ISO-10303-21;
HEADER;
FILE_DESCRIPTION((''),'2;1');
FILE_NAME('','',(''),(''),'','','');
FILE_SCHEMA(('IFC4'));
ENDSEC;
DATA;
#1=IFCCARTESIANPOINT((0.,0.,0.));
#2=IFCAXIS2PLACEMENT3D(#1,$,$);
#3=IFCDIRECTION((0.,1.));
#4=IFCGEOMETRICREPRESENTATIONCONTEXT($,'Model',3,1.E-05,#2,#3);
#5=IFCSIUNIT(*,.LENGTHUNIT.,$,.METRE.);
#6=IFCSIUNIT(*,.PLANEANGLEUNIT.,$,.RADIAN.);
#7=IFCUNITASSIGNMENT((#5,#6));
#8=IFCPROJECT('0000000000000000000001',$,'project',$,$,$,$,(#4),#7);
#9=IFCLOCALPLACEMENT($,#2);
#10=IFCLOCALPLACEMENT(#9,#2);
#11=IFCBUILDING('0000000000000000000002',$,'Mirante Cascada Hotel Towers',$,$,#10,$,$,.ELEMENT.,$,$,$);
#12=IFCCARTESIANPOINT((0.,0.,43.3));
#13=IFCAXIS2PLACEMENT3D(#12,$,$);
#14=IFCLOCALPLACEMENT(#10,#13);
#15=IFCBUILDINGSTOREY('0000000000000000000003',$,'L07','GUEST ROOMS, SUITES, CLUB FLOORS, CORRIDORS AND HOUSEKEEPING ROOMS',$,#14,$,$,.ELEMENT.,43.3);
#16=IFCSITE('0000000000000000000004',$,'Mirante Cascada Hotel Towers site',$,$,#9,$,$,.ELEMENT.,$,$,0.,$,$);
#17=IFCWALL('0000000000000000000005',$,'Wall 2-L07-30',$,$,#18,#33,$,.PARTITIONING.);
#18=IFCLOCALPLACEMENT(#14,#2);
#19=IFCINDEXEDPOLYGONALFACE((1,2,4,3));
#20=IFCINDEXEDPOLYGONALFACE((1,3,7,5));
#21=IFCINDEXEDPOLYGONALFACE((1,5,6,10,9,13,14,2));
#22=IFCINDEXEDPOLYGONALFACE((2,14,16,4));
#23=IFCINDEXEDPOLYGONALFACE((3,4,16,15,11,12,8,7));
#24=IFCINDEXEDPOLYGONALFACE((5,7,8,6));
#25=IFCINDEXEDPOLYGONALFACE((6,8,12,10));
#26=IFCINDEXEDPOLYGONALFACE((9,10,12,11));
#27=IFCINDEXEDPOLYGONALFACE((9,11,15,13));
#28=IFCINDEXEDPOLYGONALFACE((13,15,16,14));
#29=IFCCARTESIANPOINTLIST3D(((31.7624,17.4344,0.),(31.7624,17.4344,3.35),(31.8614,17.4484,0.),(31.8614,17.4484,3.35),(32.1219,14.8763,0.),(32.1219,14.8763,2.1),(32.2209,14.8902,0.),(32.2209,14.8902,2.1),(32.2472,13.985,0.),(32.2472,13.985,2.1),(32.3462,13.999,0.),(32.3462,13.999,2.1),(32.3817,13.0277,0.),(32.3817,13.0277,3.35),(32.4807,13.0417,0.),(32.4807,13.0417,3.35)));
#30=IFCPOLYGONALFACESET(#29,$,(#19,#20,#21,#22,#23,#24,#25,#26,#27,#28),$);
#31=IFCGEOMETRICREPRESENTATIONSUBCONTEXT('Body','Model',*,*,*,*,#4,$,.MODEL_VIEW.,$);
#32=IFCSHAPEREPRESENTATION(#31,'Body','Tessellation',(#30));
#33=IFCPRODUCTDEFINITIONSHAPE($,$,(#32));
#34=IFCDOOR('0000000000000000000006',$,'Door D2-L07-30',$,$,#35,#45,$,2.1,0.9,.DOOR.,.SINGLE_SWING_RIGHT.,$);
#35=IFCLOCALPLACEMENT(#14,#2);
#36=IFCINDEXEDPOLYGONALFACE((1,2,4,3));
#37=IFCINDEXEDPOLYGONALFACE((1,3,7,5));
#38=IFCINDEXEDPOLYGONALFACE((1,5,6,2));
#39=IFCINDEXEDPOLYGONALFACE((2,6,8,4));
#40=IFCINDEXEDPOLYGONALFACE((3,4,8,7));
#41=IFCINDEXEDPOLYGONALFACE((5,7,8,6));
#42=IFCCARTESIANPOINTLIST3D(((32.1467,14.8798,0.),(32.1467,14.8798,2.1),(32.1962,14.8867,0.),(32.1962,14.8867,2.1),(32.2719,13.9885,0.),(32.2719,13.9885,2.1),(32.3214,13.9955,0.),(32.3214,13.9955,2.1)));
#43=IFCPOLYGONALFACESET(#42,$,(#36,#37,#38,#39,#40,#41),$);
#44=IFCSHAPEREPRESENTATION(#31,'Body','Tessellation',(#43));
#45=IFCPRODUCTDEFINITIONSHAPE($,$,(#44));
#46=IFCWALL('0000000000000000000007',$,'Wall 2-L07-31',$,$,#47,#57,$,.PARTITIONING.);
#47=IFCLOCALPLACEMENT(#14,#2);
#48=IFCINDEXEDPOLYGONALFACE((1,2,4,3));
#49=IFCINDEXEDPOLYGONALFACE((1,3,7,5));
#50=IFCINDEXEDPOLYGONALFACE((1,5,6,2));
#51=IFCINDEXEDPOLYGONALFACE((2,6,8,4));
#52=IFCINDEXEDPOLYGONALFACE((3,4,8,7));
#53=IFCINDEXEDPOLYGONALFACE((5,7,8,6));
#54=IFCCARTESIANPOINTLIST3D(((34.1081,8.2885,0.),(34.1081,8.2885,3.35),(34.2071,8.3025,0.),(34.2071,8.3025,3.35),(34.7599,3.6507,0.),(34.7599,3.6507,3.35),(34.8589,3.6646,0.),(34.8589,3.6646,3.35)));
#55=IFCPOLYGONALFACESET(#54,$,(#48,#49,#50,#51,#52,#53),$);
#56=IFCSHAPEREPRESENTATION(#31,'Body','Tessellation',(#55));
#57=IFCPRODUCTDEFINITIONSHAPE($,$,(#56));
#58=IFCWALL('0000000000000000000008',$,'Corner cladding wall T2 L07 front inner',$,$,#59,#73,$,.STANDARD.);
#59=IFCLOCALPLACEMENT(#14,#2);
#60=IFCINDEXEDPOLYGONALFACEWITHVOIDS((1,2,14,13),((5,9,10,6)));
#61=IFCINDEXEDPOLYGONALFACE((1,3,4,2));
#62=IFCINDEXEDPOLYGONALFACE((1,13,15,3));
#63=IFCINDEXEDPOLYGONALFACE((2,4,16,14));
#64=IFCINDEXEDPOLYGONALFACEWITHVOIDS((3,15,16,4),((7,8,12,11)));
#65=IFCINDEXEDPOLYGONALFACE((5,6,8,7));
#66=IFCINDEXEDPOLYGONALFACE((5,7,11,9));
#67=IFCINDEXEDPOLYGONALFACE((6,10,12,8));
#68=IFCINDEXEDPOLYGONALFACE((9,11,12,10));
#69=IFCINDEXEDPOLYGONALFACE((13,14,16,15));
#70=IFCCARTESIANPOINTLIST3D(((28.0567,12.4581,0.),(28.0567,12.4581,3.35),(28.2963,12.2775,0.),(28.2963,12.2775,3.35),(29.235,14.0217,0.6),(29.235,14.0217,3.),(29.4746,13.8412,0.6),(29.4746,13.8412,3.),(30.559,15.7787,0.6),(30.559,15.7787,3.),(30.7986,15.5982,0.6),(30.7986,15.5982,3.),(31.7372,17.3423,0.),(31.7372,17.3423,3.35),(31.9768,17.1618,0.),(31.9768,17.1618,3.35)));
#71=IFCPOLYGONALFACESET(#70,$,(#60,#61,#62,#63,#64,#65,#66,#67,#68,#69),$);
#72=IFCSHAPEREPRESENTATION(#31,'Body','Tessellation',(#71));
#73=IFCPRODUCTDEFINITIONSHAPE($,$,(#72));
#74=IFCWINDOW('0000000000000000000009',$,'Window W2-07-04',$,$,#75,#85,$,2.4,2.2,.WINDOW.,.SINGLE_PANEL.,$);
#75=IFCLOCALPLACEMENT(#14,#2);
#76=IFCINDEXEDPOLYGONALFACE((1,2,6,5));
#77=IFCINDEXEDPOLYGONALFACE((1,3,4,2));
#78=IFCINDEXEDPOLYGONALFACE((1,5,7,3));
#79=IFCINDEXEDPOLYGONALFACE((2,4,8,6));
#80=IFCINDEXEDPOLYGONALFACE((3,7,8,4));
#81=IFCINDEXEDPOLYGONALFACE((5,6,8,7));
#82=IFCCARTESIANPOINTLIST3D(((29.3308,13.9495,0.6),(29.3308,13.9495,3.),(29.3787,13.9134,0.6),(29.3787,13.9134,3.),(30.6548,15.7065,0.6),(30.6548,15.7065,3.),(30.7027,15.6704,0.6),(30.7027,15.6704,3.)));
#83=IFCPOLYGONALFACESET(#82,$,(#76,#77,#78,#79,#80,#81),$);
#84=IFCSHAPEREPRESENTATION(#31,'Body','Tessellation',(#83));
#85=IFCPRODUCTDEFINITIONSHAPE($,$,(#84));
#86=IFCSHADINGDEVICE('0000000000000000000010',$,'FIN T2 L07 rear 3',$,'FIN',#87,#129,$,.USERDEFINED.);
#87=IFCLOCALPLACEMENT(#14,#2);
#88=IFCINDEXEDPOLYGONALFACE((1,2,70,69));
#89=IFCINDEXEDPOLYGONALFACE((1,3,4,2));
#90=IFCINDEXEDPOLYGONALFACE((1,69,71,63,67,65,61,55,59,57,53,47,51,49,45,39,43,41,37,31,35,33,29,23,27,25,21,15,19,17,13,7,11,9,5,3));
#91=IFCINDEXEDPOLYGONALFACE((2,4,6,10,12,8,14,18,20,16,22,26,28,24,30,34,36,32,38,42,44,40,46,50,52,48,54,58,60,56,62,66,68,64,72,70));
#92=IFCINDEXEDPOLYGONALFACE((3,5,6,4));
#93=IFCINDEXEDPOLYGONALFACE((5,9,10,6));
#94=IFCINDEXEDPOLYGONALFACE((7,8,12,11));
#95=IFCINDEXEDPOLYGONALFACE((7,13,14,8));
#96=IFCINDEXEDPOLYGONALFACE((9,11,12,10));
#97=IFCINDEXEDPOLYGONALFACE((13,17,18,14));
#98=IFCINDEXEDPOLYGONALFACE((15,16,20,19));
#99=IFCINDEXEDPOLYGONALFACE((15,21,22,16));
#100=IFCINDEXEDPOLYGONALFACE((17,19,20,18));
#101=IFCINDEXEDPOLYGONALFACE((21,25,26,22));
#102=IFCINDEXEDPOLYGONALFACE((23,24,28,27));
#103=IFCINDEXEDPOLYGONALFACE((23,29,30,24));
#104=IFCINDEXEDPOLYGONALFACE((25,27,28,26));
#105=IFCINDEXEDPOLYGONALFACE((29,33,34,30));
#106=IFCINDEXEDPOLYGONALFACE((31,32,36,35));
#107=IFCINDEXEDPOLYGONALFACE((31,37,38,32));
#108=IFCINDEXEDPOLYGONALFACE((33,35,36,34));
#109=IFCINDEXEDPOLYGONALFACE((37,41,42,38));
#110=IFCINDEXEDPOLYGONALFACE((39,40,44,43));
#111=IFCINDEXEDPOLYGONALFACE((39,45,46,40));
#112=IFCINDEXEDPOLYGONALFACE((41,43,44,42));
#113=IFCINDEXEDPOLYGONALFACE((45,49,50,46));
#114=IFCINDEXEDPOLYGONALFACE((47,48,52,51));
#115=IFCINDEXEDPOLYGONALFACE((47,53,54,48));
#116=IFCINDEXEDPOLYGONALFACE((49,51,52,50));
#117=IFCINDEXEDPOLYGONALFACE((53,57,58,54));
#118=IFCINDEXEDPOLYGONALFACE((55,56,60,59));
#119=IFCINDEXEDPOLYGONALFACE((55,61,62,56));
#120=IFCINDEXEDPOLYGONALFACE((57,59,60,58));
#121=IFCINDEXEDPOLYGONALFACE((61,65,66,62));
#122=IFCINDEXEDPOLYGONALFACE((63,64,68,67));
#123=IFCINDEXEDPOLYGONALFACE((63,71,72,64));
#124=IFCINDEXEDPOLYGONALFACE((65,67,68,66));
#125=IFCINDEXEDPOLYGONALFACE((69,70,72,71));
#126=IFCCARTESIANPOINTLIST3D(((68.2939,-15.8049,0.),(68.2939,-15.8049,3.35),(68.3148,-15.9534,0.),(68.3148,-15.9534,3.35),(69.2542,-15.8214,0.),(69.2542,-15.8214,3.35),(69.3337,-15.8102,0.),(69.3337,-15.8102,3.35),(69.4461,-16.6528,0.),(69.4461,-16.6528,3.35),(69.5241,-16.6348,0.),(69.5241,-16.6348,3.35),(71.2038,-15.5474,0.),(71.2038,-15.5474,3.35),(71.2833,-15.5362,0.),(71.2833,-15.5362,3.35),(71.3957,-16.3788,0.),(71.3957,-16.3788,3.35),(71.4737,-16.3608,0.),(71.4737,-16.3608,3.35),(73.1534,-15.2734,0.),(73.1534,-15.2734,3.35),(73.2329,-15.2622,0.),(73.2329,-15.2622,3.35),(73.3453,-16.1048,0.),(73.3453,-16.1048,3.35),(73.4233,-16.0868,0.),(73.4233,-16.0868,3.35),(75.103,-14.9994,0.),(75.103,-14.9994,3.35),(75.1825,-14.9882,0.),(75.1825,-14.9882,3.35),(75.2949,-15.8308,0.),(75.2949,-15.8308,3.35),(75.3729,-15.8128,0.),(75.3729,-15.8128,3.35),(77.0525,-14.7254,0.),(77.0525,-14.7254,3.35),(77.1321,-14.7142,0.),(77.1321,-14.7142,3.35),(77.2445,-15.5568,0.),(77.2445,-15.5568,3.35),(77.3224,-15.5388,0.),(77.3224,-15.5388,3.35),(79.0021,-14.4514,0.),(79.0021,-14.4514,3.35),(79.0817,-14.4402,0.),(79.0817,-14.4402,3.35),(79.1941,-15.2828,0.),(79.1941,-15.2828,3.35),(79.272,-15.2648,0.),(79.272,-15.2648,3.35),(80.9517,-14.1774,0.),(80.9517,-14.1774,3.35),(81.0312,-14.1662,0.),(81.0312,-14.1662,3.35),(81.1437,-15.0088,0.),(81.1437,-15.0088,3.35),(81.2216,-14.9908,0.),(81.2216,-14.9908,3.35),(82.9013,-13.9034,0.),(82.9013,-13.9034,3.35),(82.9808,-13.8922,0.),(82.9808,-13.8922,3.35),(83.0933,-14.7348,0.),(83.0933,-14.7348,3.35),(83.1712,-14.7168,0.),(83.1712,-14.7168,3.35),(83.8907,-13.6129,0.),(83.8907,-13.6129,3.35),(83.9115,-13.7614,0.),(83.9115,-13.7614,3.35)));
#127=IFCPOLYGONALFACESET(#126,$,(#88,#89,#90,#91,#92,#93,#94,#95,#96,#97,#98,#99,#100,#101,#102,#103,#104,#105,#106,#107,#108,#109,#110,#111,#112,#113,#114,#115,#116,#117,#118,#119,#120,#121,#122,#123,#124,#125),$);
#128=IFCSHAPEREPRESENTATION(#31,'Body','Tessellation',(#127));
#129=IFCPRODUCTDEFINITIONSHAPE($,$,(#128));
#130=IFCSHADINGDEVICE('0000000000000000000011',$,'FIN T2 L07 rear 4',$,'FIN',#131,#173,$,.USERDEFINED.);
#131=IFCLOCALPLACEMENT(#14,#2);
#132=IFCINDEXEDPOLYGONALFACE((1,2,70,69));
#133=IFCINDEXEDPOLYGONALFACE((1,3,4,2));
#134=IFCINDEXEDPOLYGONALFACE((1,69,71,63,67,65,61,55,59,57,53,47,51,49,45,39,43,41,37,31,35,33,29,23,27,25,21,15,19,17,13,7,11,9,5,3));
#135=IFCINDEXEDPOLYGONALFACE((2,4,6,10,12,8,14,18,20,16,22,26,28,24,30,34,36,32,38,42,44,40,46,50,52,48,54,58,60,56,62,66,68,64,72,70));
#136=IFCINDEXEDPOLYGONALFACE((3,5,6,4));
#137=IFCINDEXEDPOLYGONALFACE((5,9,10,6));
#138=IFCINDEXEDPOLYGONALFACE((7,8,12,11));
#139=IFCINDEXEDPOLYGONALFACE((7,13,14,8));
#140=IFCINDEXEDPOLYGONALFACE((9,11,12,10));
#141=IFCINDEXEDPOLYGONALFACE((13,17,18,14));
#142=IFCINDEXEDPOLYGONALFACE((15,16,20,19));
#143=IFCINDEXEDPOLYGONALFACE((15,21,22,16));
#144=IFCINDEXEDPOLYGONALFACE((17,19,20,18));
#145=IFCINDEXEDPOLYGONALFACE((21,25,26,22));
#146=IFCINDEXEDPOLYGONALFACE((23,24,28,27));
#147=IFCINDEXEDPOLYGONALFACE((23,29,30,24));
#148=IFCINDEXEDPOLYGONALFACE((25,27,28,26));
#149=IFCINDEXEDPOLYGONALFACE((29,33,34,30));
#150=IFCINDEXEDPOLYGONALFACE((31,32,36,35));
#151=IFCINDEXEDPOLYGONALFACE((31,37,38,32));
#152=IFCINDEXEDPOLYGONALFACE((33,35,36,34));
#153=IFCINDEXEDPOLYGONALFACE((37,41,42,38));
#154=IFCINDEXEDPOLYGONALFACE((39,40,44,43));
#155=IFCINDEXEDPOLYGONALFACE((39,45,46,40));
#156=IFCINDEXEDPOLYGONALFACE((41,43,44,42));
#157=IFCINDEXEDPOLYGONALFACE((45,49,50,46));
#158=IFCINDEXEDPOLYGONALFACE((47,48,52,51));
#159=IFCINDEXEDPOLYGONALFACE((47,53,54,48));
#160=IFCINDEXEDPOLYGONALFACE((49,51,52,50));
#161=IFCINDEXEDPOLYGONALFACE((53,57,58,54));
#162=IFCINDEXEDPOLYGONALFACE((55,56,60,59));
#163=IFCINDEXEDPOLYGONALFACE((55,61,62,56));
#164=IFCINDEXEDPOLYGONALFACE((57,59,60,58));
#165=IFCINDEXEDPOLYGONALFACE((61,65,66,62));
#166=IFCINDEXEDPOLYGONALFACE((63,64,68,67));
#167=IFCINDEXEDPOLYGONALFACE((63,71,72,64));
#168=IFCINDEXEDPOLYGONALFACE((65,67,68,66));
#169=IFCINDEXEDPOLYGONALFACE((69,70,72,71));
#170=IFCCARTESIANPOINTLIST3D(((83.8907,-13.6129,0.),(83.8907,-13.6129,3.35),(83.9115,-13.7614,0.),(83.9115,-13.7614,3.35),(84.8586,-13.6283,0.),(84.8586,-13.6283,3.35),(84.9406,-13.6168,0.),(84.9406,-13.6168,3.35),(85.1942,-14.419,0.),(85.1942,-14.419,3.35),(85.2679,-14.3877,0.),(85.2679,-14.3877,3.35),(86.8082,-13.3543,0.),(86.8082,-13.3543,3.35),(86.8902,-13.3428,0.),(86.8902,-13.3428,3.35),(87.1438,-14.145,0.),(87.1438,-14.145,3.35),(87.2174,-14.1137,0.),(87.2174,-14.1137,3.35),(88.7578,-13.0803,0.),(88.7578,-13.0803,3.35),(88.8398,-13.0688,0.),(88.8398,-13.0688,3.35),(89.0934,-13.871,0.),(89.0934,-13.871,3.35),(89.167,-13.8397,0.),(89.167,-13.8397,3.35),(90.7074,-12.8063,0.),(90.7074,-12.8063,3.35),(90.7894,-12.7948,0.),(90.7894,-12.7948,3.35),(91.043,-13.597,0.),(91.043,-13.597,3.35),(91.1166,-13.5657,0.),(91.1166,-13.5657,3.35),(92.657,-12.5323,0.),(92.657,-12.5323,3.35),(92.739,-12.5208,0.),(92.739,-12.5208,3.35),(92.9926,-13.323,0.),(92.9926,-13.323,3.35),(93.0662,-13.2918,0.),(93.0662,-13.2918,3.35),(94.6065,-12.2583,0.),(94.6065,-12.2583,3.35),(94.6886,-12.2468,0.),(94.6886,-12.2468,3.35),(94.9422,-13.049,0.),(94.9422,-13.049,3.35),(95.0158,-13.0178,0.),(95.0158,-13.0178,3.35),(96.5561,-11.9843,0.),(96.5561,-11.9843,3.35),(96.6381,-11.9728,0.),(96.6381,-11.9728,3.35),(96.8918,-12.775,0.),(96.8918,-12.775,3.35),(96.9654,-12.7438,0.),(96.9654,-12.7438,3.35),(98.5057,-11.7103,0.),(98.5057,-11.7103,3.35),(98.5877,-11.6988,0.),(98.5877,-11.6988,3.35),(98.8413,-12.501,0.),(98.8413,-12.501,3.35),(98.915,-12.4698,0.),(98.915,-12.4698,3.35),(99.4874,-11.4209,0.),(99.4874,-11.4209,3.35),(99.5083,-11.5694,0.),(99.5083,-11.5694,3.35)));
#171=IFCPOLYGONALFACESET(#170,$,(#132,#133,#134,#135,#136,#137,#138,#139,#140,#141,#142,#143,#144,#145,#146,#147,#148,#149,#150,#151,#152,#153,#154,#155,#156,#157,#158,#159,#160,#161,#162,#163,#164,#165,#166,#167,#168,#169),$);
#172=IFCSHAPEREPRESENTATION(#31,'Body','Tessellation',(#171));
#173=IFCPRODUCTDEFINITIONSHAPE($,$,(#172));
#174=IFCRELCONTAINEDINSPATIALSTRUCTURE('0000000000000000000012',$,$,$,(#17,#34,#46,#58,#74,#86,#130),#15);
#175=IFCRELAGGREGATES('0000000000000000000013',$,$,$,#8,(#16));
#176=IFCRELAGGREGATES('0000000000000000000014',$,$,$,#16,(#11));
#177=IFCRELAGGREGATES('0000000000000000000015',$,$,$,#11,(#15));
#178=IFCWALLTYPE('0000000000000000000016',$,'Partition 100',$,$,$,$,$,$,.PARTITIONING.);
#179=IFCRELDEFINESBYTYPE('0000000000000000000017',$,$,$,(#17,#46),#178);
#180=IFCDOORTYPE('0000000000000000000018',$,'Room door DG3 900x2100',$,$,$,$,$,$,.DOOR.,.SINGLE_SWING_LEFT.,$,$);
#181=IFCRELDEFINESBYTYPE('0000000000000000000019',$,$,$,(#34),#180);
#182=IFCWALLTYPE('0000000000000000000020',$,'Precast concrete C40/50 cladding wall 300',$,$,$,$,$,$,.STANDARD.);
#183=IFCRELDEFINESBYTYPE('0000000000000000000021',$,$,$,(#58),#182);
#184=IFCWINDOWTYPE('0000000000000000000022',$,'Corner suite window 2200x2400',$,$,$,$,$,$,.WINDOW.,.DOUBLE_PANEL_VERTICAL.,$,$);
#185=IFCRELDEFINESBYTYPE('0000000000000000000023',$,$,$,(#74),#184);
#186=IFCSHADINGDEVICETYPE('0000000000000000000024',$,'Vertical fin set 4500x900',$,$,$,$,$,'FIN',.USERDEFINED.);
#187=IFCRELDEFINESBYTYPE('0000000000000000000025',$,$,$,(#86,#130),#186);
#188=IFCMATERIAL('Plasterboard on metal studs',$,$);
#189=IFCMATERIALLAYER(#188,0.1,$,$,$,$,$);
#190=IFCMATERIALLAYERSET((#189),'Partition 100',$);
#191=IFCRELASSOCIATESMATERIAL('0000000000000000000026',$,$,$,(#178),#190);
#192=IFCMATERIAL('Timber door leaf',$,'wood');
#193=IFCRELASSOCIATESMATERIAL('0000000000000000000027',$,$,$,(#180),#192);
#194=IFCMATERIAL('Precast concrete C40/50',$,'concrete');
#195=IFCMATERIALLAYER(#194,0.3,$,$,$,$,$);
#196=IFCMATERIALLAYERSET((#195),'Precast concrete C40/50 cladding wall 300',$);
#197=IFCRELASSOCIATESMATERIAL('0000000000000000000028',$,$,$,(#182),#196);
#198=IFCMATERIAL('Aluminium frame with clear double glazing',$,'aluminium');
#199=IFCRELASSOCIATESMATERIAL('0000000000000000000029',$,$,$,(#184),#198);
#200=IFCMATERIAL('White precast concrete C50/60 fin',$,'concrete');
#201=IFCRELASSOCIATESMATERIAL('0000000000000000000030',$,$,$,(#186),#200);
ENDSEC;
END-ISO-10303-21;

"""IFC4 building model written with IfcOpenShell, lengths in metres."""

from ifc_helpers import new_model, si_unit, direction, frame, frame_2d, origin, place, context, subcontext, project, spatial, polyline, rectangle, outline, extrude, material, layer, layer_set, type_object, element, fill, save


model = new_model("IFC4")

# Units and contexts
model_context = context("Model", 3, precision=1e-05, world=origin(), true_north=direction((0.0, 1.0)))
body_context = subcontext(model_context, "Body", "Model", "MODEL_VIEW")
ifc_project = project(units=[si_unit("LENGTHUNIT", "METRE"), si_unit("PLANEANGLEUNIT", "RADIAN")], contexts=[model_context])

# Site, building, storey
site_placement = place(None, origin())
site = spatial("IfcSite", under=ifc_project, at=site_placement, Name="Mirante Cascada Hotel Towers site", CompositionType="ELEMENT", RefElevation=0.0)
building_placement = place(site_placement, origin())
building = spatial("IfcBuilding", under=site, at=building_placement, Name="Mirante Cascada Hotel Towers", CompositionType="ELEMENT")
storey_placement = place(building_placement, frame((0.0, 0.0, 43.3)))
storey = spatial("IfcBuildingStorey", under=building, at=storey_placement, Name="L07", Description="GUEST ROOMS, SUITES, CLUB FLOORS, CORRIDORS AND HOUSEKEEPING ROOMS", CompositionType="ELEMENT", Elevation=43.3)

# Shared definitions
ifc_material_1 = material(Name="Plasterboard on metal studs")
ifc_layer_1 = layer(ifc_material_1, 0.1)
ifc_layer_set_1 = layer_set([ifc_layer_1], Name="Partition 100")
wall_type_1 = type_object("IfcWallType", Name="Partition 100", PredefinedType="PARTITIONING", material=ifc_layer_set_1)

# Wall, opening, door
wall_1_placement = place(storey_placement, frame((32.4312, 13.0347, 0.0), z_axis=(0.0, 0.0, 1.0), x_axis=(-0.139168, 0.990269, 0.0)))
wall_1 = element("IfcWall", 1, at=wall_1_placement, inside=storey, type_object=wall_type_1, Name="Wall 2-L07-30", PredefinedType="PARTITIONING", context=body_context, shape_type="SweptSolid", body=[
    extrude(rectangle(XDim=4.45, YDim=0.1, at=frame_2d((2.225, 0.0))), origin(), (0.0, 0.0, 1.0), 3.35),
])
opening_1_placement = place(wall_1_placement, frame((0.9667, 0.0, 0.0)))
opening_1 = element("IfcOpeningElement", 2, at=opening_1_placement, cuts=wall_1, PredefinedType="OPENING", context=body_context, shape_type="SweptSolid", body=[
    extrude(rectangle(XDim=0.9, YDim=2.1, at=frame_2d((0.45, 1.05))), frame((0.0, 0.05, 0.0), z_axis=(0.0, -1.0, 0.0), x_axis=(1.0, 0.0, 0.0)), (0.0, 0.0, 1.0), 0.1),
])
ifc_material_2 = material(Name="Timber door leaf", Category="wood")
door_type_1 = type_object("IfcDoorType", Name="Room door DG3 900x2100", OperationType="SINGLE_SWING_LEFT", PredefinedType="DOOR", material=ifc_material_2)
door_1_placement = place(opening_1_placement, frame((0.9, 0.0, 0.0), z_axis=(0.0, 0.0, 1.0), x_axis=(-1.0, 0.0, 0.0)))
door_1 = element("IfcDoor", 3, at=door_1_placement, inside=storey, type_object=door_type_1, Name="Door D2-L07-30", OperationType="SINGLE_SWING_RIGHT", OverallHeight=2.1, OverallWidth=0.9, PredefinedType="DOOR", context=body_context, shape_type="SweptSolid", body=[
    extrude(rectangle(XDim=0.9, YDim=2.1, at=frame_2d((0.45, 1.05))), frame((0.0, 0.025, 0.0), z_axis=(0.0, -1.0, 0.0), x_axis=(1.0, 0.0, 0.0)), (0.0, 0.0, 1.0), 0.05),
])
fill(opening_1, door_1)

# Wall
wall_2_placement = place(storey_placement, frame((34.1576, 8.2955, 0.0), z_axis=(0.0, 0.0, 1.0), x_axis=(0.139173, -0.990268, 0.0)))
element("IfcWall", 4, at=wall_2_placement, inside=storey, type_object=wall_type_1, Name="Wall 2-L07-31", PredefinedType="PARTITIONING", context=body_context, shape_type="SweptSolid", body=[
    extrude(rectangle(XDim=4.6834, YDim=0.1, at=frame_2d((2.3417, 0.0))), origin(), (0.0, 0.0, 1.0), 3.35),
])

# Wall, opening, window
ifc_material_3 = material(Name="Precast concrete C40/50", Category="concrete")
ifc_layer_2 = layer(ifc_material_3, 0.3)
ifc_layer_set_2 = layer_set([ifc_layer_2], Name="Precast concrete C40/50 cladding wall 300")
wall_type_2 = type_object("IfcWallType", Name="Precast concrete C40/50 cladding wall 300", PredefinedType="STANDARD", material=ifc_layer_set_2)
wall_3_placement = place(storey_placement, frame((31.857, 17.252, 0.0), z_axis=(0.0, 0.0, 1.0), x_axis=(-0.601814, -0.798636, 0.0)))
wall_3 = element("IfcWall", 5, at=wall_3_placement, inside=storey, type_object=wall_type_2, Name="Corner cladding wall T2 L07 front inner", PredefinedType="STANDARD", context=body_context, shape_type="SweptSolid", body=[
    extrude(rectangle(XDim=6.1157, YDim=0.3, at=frame_2d((3.0578, 0.0))), origin(), (0.0, 0.0, 1.0), 3.35),
])
opening_2_placement = place(wall_3_placement, frame((1.9578, 0.0, 0.6)))
opening_2 = element("IfcOpeningElement", 6, at=opening_2_placement, cuts=wall_3, PredefinedType="OPENING", context=body_context, shape_type="SweptSolid", body=[
    extrude(rectangle(XDim=2.2, YDim=2.4, at=frame_2d((1.1, 1.2))), frame((0.0, 0.15, 0.0), z_axis=(0.0, -1.0, 0.0), x_axis=(1.0, 0.0, 0.0)), (0.0, 0.0, 1.0), 0.3),
])
ifc_material_4 = material(Name="Aluminium frame with clear double glazing", Category="aluminium")
window_type = type_object("IfcWindowType", Name="Corner suite window 2200x2400", PartitioningType="DOUBLE_PANEL_VERTICAL", PredefinedType="WINDOW", material=ifc_material_4)
window_placement = place(opening_2_placement, origin())
window = element("IfcWindow", 7, at=window_placement, inside=storey, type_object=window_type, Name="Window W2-07-04", OverallHeight=2.4, OverallWidth=2.2, PartitioningType="SINGLE_PANEL", PredefinedType="WINDOW", context=body_context, shape_type="SweptSolid", body=[
    extrude(rectangle(XDim=2.2, YDim=2.4, at=frame_2d((1.1, 1.2))), frame((0.0, 0.03, 0.0), z_axis=(0.0, -1.0, 0.0), x_axis=(1.0, 0.0, 0.0)), (0.0, 0.0, 1.0), 0.06),
])
fill(opening_2, window)

# Shading devices
ifc_material_5 = material(Name="White precast concrete C50/60 fin", Category="concrete")
shading_device_type = type_object("IfcShadingDeviceType", Name="Vertical fin set 4500x900", ElementType="FIN", PredefinedType="USERDEFINED", material=ifc_material_5)
shading_device_1_placement = place(storey_placement, origin())
element("IfcShadingDevice", 8, at=shading_device_1_placement, inside=storey, type_object=shading_device_type, Name="FIN T2 L07 rear 3", ObjectType="FIN", PredefinedType="USERDEFINED", context=body_context, shape_type="SweptSolid", body=[
    extrude(outline(polyline([(69.4461, -16.6528), (69.2542, -15.8214), (68.3148, -15.9534), (68.2939, -15.8049), (83.8907, -13.6129), (83.9115, -13.7614), (82.9808, -13.8922), (83.1712, -14.7168), (83.0933, -14.7348), (82.9013, -13.9034), (81.0312, -14.1662), (81.2216, -14.9908), (81.1437, -15.0088), (80.9517, -14.1774), (79.0817, -14.4402), (79.272, -15.2648), (79.1941, -15.2828), (79.0021, -14.4514), (77.1321, -14.7142), (77.3224, -15.5388), (77.2445, -15.5568), (77.0525, -14.7254), (75.1825, -14.9882), (75.3729, -15.8128), (75.2949, -15.8308), (75.103, -14.9994), (73.2329, -15.2622), (73.4233, -16.0868), (73.3453, -16.1048), (73.1534, -15.2734), (71.2833, -15.5362), (71.4737, -16.3608), (71.3957, -16.3788), (71.2038, -15.5474), (69.3337, -15.8102), (69.5241, -16.6348), (69.4461, -16.6528)])), origin(), (0.0, 0.0, 1.0), 3.35),
])
shading_device_2_placement = place(storey_placement, origin())
element("IfcShadingDevice", 9, at=shading_device_2_placement, inside=storey, type_object=shading_device_type, Name="FIN T2 L07 rear 4", ObjectType="FIN", PredefinedType="USERDEFINED", context=body_context, shape_type="SweptSolid", body=[
    extrude(outline(polyline([(85.1942, -14.419), (84.8586, -13.6283), (83.9115, -13.7614), (83.8907, -13.6129), (99.4874, -11.4209), (99.5083, -11.5694), (98.5877, -11.6988), (98.915, -12.4698), (98.8413, -12.501), (98.5057, -11.7103), (96.6381, -11.9728), (96.9654, -12.7438), (96.8918, -12.775), (96.5561, -11.9843), (94.6886, -12.2468), (95.0158, -13.0178), (94.9422, -13.049), (94.6065, -12.2583), (92.739, -12.5208), (93.0662, -13.2918), (92.9926, -13.323), (92.657, -12.5323), (90.7894, -12.7948), (91.1166, -13.5657), (91.043, -13.597), (90.7074, -12.8063), (88.8398, -13.0688), (89.167, -13.8397), (89.0934, -13.871), (88.7578, -13.0803), (86.8902, -13.3428), (87.2174, -14.1137), (87.1438, -14.145), (86.8082, -13.3543), (84.9406, -13.6168), (85.2679, -14.3877), (85.1942, -14.419)])), origin(), (0.0, 0.0, 1.0), 3.35),
])

save(model, "model.ifc")
